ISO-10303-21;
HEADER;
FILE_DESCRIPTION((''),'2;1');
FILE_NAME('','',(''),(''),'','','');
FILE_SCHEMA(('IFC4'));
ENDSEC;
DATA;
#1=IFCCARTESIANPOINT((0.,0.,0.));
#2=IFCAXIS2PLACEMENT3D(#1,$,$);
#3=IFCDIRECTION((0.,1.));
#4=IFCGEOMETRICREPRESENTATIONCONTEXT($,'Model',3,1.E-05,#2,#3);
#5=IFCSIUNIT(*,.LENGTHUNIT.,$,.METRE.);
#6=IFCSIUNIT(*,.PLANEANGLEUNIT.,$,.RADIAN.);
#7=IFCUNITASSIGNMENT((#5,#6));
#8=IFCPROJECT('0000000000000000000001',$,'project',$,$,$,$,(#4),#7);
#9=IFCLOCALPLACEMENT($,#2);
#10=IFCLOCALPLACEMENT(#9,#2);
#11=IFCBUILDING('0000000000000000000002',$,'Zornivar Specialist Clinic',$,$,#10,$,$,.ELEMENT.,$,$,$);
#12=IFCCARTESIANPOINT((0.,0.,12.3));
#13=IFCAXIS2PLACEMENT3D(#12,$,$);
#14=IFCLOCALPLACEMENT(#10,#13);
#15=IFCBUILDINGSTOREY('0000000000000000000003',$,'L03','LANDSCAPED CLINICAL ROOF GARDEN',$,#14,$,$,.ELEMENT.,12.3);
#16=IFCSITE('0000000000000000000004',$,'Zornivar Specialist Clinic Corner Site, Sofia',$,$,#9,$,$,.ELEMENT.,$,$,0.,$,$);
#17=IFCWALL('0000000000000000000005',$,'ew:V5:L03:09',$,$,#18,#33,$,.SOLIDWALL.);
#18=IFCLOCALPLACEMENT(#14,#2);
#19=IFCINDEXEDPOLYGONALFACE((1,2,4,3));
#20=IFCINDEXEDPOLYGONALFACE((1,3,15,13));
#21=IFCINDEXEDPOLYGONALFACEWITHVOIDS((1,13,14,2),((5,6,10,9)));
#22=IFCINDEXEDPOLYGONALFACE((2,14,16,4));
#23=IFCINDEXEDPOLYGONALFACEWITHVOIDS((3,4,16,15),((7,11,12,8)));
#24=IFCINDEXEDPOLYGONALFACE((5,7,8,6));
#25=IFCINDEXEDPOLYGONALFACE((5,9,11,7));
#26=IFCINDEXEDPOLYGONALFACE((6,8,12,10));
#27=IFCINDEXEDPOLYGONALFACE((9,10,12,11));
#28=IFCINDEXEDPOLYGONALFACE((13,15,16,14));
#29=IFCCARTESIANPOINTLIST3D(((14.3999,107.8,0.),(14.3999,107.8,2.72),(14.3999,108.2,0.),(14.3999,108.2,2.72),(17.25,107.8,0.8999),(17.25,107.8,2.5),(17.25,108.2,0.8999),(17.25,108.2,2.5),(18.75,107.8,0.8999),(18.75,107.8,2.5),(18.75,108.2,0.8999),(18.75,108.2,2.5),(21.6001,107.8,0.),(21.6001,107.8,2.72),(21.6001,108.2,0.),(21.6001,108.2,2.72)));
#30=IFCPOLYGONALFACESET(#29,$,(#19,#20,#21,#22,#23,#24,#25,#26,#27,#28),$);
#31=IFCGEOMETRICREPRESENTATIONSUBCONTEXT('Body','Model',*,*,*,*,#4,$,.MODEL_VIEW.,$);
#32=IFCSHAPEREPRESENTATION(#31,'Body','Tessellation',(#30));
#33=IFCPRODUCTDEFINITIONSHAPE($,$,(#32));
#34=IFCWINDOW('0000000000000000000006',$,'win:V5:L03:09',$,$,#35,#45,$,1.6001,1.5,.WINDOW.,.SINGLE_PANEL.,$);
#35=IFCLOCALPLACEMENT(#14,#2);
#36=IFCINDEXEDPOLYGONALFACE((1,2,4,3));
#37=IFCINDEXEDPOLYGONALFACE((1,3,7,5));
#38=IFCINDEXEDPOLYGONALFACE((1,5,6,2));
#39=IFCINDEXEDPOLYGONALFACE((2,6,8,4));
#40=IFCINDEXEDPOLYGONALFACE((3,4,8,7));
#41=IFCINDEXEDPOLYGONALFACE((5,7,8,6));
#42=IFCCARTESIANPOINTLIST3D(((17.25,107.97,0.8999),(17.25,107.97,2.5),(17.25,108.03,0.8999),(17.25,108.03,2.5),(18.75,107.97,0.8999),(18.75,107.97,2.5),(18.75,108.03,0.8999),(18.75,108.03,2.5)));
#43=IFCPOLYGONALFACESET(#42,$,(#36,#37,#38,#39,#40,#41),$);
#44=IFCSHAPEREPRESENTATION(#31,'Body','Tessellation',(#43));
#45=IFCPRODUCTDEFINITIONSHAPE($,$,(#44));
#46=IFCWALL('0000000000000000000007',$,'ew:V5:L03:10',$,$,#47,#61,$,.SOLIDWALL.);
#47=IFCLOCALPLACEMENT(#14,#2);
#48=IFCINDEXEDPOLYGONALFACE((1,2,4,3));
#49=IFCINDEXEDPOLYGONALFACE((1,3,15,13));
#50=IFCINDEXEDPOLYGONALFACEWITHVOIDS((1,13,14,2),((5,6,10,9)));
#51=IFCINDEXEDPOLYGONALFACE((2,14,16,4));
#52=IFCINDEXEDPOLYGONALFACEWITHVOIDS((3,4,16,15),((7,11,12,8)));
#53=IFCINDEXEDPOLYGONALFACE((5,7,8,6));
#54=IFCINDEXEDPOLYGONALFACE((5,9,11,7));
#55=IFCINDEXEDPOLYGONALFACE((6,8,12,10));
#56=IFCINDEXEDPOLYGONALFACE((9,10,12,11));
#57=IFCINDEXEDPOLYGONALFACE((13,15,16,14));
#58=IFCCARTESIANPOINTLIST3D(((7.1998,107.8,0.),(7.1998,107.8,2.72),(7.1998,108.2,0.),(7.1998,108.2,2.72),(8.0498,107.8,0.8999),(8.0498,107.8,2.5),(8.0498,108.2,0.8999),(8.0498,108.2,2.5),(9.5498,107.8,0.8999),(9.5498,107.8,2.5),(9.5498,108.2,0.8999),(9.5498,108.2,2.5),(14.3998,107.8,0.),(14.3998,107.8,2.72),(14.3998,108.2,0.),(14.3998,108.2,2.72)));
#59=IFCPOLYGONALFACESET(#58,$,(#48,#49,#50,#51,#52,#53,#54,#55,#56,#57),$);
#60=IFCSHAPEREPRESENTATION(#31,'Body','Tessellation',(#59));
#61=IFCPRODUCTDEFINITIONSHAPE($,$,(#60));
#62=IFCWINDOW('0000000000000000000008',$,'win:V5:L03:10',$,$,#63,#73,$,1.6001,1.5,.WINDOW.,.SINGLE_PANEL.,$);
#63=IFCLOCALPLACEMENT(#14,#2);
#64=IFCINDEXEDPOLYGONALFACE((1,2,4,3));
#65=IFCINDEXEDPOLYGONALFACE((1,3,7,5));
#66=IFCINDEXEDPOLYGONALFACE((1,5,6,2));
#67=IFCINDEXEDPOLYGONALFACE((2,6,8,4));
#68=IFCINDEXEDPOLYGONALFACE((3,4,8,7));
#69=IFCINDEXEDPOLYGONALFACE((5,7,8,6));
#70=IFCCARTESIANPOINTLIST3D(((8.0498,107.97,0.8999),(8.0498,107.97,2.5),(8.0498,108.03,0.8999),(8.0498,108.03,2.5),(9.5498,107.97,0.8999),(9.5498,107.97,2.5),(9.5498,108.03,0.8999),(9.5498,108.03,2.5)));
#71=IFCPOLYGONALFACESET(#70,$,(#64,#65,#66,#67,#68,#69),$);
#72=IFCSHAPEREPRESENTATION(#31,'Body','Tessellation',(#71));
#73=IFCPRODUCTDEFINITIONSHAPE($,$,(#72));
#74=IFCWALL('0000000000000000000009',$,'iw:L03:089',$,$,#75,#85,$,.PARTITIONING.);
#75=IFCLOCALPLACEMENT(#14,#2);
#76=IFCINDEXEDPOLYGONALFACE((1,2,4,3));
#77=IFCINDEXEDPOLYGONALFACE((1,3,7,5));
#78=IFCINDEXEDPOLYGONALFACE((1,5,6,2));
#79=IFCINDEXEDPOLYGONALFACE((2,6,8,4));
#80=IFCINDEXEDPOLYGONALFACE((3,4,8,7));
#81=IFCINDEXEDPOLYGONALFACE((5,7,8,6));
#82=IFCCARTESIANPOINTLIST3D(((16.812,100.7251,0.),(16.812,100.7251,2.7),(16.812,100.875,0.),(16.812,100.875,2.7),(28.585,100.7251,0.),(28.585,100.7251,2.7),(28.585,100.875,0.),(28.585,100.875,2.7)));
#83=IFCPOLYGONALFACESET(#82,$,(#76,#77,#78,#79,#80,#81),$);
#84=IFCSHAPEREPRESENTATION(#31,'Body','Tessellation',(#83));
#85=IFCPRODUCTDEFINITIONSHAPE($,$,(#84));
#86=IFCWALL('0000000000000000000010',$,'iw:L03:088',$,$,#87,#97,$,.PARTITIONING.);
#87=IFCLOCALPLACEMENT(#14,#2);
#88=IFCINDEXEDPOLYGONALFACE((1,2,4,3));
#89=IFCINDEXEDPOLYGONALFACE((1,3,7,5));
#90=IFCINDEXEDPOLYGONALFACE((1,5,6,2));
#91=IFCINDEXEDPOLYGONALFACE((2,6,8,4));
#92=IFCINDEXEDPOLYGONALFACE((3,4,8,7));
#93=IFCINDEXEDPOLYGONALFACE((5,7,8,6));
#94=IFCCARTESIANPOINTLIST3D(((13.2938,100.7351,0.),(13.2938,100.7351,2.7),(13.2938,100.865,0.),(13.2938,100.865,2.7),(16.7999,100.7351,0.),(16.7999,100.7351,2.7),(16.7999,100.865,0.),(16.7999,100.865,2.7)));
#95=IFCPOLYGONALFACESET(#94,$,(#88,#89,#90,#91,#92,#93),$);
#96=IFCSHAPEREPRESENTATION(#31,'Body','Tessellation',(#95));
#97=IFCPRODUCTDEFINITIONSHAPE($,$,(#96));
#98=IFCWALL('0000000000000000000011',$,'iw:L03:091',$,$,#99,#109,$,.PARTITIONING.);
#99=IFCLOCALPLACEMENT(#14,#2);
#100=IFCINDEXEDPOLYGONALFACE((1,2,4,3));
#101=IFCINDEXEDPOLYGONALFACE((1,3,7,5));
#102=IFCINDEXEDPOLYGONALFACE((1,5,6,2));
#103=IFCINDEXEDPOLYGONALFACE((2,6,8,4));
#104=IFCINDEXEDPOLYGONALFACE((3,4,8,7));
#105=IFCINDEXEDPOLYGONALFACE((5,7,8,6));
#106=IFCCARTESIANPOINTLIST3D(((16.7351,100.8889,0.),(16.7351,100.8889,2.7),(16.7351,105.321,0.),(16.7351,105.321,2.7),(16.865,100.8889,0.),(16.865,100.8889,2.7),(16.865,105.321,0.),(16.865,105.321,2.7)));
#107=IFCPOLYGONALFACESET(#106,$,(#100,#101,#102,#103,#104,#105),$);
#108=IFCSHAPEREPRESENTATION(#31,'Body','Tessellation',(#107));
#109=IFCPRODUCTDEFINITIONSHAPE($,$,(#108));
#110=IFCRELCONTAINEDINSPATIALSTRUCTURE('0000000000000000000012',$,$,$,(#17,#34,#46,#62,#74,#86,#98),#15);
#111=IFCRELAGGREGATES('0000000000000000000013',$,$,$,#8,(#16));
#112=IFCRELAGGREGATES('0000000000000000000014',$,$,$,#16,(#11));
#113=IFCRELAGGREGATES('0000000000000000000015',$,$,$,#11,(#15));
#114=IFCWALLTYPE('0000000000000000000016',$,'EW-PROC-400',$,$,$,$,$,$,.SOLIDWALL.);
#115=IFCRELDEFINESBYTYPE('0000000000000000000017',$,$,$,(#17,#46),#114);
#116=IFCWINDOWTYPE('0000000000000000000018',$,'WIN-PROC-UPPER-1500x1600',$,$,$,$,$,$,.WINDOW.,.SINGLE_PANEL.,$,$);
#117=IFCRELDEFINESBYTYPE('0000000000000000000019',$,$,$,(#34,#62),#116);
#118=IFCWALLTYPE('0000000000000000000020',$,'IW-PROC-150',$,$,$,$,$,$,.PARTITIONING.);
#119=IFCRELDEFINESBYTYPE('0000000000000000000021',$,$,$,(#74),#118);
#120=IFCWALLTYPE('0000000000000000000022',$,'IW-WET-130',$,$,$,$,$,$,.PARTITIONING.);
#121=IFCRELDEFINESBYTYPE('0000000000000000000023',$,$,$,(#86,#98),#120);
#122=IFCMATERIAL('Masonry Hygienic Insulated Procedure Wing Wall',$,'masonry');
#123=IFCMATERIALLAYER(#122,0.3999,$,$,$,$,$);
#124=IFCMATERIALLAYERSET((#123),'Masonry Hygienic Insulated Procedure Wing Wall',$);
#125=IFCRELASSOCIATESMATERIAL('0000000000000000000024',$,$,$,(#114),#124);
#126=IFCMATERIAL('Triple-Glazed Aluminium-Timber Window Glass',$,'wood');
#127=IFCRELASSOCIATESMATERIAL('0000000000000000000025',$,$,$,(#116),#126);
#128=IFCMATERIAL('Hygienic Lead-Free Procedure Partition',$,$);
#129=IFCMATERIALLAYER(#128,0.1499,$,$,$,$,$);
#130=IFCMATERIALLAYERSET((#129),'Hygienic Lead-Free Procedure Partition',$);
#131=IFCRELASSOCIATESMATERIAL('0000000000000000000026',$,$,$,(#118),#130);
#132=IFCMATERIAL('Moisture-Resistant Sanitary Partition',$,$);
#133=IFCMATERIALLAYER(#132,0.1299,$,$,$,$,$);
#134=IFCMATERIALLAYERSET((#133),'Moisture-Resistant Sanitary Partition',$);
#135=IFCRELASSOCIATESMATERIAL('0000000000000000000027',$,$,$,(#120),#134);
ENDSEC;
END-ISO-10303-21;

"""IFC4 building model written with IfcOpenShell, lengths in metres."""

from ifc_helpers import new_model, si_unit, direction, frame, frame_2d, origin, place, context, subcontext, project, spatial, rectangle, extrude, material, layer, layer_set, type_object, element, fill, save


model = new_model("IFC4")

# Units and contexts
model_context = context("Model", 3, precision=1e-05, world=origin(), true_north=direction((0.0, 1.0)))
body_context = subcontext(model_context, "Body", "Model", "MODEL_VIEW")
ifc_project = project(units=[si_unit("LENGTHUNIT", "METRE"), si_unit("PLANEANGLEUNIT", "RADIAN")], contexts=[model_context])

# Site, building, storey
site_placement = place(None, origin())
site = spatial("IfcSite", under=ifc_project, at=site_placement, Name="Zornivar Specialist Clinic Corner Site, Sofia", CompositionType="ELEMENT", RefElevation=0.0)
building_placement = place(site_placement, origin())
building = spatial("IfcBuilding", under=site, at=building_placement, Name="Zornivar Specialist Clinic", CompositionType="ELEMENT")
storey_placement = place(building_placement, frame((0.0, 0.0, 12.3)))
storey = spatial("IfcBuildingStorey", under=building, at=storey_placement, Name="L03", Description="LANDSCAPED CLINICAL ROOF GARDEN", CompositionType="ELEMENT", Elevation=12.3)

# Walls, openings, windows
ifc_material_1 = material(Name="Masonry Hygienic Insulated Procedure Wing Wall", Category="masonry")
ifc_layer_1 = layer(ifc_material_1, 0.3999)
ifc_layer_set_1 = layer_set([ifc_layer_1], Name="Masonry Hygienic Insulated Procedure Wing Wall")
wall_type_1 = type_object("IfcWallType", Name="EW-PROC-400", PredefinedType="SOLIDWALL", material=ifc_layer_set_1)
wall_1_placement = place(storey_placement, frame((21.6001, 108.0, 0.0), z_axis=(0.0, 0.0, 1.0), x_axis=(-1.0, 0.0, 0.0)))
wall_1 = element("IfcWall", 1, at=wall_1_placement, inside=storey, type_object=wall_type_1, Name="ew:V5:L03:09", PredefinedType="SOLIDWALL", context=body_context, shape_type="SweptSolid", body=[
    extrude(rectangle(XDim=7.2002, YDim=0.3999, at=frame_2d((3.6001, 0.0))), origin(), (0.0, 0.0, 1.0), 2.72),
])
opening_1_placement = place(wall_1_placement, frame((2.8501, 0.0, 0.8999)))
opening_1 = element("IfcOpeningElement", 2, at=opening_1_placement, cuts=wall_1, PredefinedType="OPENING", context=body_context, shape_type="SweptSolid", body=[
    extrude(rectangle(XDim=1.5, YDim=1.6001, at=frame_2d((0.75, 0.8))), frame((0.0, 0.21, 0.0), z_axis=(0.0, -1.0, 0.0), x_axis=(1.0, 0.0, 0.0)), (0.0, 0.0, 1.0), 0.4199),
])
ifc_material_2 = material(Name="Triple-Glazed Aluminium-Timber Window Glass", Category="wood")
window_type = type_object("IfcWindowType", Name="WIN-PROC-UPPER-1500x1600", PartitioningType="SINGLE_PANEL", PredefinedType="WINDOW", material=ifc_material_2)
window_1_placement = place(opening_1_placement, origin())
window_1 = element("IfcWindow", 3, at=window_1_placement, inside=storey, type_object=window_type, Name="win:V5:L03:09", OverallHeight=1.6001, OverallWidth=1.5, PartitioningType="SINGLE_PANEL", PredefinedType="WINDOW", context=body_context, shape_type="SweptSolid", body=[
    extrude(rectangle(XDim=1.5, YDim=1.6001, at=frame_2d((0.75, 0.8))), frame((0.0, 0.03, 0.0), z_axis=(0.0, -1.0, 0.0), x_axis=(1.0, 0.0, 0.0)), (0.0, 0.0, 1.0), 0.0601),
])
fill(opening_1, window_1)
wall_2_placement = place(storey_placement, frame((14.3999, 108.0, 0.0), z_axis=(0.0, 0.0, 1.0), x_axis=(-1.0, 0.0, 0.0)))
wall_2 = element("IfcWall", 4, at=wall_2_placement, inside=storey, type_object=wall_type_1, Name="ew:V5:L03:10", PredefinedType="SOLIDWALL", context=body_context, shape_type="SweptSolid", body=[
    extrude(rectangle(XDim=7.2, YDim=0.3999, at=frame_2d((3.6001, 0.0))), origin(), (0.0, 0.0, 1.0), 2.72),
])
opening_2_placement = place(wall_2_placement, frame((4.8501, 0.0, 0.8999)))
opening_2 = element("IfcOpeningElement", 5, at=opening_2_placement, cuts=wall_2, PredefinedType="OPENING", context=body_context, shape_type="SweptSolid", body=[
    extrude(rectangle(XDim=1.5, YDim=1.6001, at=frame_2d((0.75, 0.8))), frame((0.0, 0.21, 0.0), z_axis=(0.0, -1.0, 0.0), x_axis=(1.0, 0.0, 0.0)), (0.0, 0.0, 1.0), 0.4199),
])
window_2_placement = place(opening_2_placement, origin())
window_2 = element("IfcWindow", 6, at=window_2_placement, inside=storey, type_object=window_type, Name="win:V5:L03:10", OverallHeight=1.6001, OverallWidth=1.5, PartitioningType="SINGLE_PANEL", PredefinedType="WINDOW", context=body_context, shape_type="SweptSolid", body=[
    extrude(rectangle(XDim=1.5, YDim=1.6001, at=frame_2d((0.75, 0.8))), frame((0.0, 0.03, 0.0), z_axis=(0.0, -1.0, 0.0), x_axis=(1.0, 0.0, 0.0)), (0.0, 0.0, 1.0), 0.0601),
])
fill(opening_2, window_2)

# Walls
ifc_material_3 = material(Name="Hygienic Lead-Free Procedure Partition")
ifc_layer_2 = layer(ifc_material_3, 0.1499)
ifc_layer_set_2 = layer_set([ifc_layer_2], Name="Hygienic Lead-Free Procedure Partition")
wall_type_2 = type_object("IfcWallType", Name="IW-PROC-150", PredefinedType="PARTITIONING", material=ifc_layer_set_2)
wall_3_placement = place(storey_placement, frame((16.812, 100.8, 0.0), z_axis=(0.0, 0.0, 1.0), x_axis=(1.0, 0.0, 0.0)))
element("IfcWall", 7, at=wall_3_placement, inside=storey, type_object=wall_type_2, Name="iw:L03:089", PredefinedType="PARTITIONING", context=body_context, shape_type="SweptSolid", body=[
    extrude(rectangle(XDim=11.7729, YDim=0.1499, at=frame_2d((5.8865, 0.0))), origin(), (0.0, 0.0, 1.0), 2.7),
])
ifc_material_4 = material(Name="Moisture-Resistant Sanitary Partition")
ifc_layer_3 = layer(ifc_material_4, 0.1299)
ifc_layer_set_3 = layer_set([ifc_layer_3], Name="Moisture-Resistant Sanitary Partition")
wall_type_3 = type_object("IfcWallType", Name="IW-WET-130", PredefinedType="PARTITIONING", material=ifc_layer_set_3)
wall_4_placement = place(storey_placement, frame((13.2939, 100.8, 0.0), z_axis=(0.0, 0.0, 1.0), x_axis=(1.0, 0.0, 0.0)))
element("IfcWall", 8, at=wall_4_placement, inside=storey, type_object=wall_type_3, Name="iw:L03:088", PredefinedType="PARTITIONING", context=body_context, shape_type="SweptSolid", body=[
    extrude(rectangle(XDim=3.5061, YDim=0.1299, at=frame_2d((1.7529, 0.0))), origin(), (0.0, 0.0, 1.0), 2.7),
])
wall_5_placement = place(storey_placement, frame((16.8, 105.321, 0.0), z_axis=(0.0, 0.0, 1.0), x_axis=(0.0, -1.0, 0.0)))
element("IfcWall", 9, at=wall_5_placement, inside=storey, type_object=wall_type_3, Name="iw:L03:091", PredefinedType="PARTITIONING", context=body_context, shape_type="SweptSolid", body=[
    extrude(rectangle(XDim=4.4321, YDim=0.1299, at=frame_2d((2.2161, 0.0))), origin(), (0.0, 0.0, 1.0), 2.7),
])

save(model, "model.ifc")
